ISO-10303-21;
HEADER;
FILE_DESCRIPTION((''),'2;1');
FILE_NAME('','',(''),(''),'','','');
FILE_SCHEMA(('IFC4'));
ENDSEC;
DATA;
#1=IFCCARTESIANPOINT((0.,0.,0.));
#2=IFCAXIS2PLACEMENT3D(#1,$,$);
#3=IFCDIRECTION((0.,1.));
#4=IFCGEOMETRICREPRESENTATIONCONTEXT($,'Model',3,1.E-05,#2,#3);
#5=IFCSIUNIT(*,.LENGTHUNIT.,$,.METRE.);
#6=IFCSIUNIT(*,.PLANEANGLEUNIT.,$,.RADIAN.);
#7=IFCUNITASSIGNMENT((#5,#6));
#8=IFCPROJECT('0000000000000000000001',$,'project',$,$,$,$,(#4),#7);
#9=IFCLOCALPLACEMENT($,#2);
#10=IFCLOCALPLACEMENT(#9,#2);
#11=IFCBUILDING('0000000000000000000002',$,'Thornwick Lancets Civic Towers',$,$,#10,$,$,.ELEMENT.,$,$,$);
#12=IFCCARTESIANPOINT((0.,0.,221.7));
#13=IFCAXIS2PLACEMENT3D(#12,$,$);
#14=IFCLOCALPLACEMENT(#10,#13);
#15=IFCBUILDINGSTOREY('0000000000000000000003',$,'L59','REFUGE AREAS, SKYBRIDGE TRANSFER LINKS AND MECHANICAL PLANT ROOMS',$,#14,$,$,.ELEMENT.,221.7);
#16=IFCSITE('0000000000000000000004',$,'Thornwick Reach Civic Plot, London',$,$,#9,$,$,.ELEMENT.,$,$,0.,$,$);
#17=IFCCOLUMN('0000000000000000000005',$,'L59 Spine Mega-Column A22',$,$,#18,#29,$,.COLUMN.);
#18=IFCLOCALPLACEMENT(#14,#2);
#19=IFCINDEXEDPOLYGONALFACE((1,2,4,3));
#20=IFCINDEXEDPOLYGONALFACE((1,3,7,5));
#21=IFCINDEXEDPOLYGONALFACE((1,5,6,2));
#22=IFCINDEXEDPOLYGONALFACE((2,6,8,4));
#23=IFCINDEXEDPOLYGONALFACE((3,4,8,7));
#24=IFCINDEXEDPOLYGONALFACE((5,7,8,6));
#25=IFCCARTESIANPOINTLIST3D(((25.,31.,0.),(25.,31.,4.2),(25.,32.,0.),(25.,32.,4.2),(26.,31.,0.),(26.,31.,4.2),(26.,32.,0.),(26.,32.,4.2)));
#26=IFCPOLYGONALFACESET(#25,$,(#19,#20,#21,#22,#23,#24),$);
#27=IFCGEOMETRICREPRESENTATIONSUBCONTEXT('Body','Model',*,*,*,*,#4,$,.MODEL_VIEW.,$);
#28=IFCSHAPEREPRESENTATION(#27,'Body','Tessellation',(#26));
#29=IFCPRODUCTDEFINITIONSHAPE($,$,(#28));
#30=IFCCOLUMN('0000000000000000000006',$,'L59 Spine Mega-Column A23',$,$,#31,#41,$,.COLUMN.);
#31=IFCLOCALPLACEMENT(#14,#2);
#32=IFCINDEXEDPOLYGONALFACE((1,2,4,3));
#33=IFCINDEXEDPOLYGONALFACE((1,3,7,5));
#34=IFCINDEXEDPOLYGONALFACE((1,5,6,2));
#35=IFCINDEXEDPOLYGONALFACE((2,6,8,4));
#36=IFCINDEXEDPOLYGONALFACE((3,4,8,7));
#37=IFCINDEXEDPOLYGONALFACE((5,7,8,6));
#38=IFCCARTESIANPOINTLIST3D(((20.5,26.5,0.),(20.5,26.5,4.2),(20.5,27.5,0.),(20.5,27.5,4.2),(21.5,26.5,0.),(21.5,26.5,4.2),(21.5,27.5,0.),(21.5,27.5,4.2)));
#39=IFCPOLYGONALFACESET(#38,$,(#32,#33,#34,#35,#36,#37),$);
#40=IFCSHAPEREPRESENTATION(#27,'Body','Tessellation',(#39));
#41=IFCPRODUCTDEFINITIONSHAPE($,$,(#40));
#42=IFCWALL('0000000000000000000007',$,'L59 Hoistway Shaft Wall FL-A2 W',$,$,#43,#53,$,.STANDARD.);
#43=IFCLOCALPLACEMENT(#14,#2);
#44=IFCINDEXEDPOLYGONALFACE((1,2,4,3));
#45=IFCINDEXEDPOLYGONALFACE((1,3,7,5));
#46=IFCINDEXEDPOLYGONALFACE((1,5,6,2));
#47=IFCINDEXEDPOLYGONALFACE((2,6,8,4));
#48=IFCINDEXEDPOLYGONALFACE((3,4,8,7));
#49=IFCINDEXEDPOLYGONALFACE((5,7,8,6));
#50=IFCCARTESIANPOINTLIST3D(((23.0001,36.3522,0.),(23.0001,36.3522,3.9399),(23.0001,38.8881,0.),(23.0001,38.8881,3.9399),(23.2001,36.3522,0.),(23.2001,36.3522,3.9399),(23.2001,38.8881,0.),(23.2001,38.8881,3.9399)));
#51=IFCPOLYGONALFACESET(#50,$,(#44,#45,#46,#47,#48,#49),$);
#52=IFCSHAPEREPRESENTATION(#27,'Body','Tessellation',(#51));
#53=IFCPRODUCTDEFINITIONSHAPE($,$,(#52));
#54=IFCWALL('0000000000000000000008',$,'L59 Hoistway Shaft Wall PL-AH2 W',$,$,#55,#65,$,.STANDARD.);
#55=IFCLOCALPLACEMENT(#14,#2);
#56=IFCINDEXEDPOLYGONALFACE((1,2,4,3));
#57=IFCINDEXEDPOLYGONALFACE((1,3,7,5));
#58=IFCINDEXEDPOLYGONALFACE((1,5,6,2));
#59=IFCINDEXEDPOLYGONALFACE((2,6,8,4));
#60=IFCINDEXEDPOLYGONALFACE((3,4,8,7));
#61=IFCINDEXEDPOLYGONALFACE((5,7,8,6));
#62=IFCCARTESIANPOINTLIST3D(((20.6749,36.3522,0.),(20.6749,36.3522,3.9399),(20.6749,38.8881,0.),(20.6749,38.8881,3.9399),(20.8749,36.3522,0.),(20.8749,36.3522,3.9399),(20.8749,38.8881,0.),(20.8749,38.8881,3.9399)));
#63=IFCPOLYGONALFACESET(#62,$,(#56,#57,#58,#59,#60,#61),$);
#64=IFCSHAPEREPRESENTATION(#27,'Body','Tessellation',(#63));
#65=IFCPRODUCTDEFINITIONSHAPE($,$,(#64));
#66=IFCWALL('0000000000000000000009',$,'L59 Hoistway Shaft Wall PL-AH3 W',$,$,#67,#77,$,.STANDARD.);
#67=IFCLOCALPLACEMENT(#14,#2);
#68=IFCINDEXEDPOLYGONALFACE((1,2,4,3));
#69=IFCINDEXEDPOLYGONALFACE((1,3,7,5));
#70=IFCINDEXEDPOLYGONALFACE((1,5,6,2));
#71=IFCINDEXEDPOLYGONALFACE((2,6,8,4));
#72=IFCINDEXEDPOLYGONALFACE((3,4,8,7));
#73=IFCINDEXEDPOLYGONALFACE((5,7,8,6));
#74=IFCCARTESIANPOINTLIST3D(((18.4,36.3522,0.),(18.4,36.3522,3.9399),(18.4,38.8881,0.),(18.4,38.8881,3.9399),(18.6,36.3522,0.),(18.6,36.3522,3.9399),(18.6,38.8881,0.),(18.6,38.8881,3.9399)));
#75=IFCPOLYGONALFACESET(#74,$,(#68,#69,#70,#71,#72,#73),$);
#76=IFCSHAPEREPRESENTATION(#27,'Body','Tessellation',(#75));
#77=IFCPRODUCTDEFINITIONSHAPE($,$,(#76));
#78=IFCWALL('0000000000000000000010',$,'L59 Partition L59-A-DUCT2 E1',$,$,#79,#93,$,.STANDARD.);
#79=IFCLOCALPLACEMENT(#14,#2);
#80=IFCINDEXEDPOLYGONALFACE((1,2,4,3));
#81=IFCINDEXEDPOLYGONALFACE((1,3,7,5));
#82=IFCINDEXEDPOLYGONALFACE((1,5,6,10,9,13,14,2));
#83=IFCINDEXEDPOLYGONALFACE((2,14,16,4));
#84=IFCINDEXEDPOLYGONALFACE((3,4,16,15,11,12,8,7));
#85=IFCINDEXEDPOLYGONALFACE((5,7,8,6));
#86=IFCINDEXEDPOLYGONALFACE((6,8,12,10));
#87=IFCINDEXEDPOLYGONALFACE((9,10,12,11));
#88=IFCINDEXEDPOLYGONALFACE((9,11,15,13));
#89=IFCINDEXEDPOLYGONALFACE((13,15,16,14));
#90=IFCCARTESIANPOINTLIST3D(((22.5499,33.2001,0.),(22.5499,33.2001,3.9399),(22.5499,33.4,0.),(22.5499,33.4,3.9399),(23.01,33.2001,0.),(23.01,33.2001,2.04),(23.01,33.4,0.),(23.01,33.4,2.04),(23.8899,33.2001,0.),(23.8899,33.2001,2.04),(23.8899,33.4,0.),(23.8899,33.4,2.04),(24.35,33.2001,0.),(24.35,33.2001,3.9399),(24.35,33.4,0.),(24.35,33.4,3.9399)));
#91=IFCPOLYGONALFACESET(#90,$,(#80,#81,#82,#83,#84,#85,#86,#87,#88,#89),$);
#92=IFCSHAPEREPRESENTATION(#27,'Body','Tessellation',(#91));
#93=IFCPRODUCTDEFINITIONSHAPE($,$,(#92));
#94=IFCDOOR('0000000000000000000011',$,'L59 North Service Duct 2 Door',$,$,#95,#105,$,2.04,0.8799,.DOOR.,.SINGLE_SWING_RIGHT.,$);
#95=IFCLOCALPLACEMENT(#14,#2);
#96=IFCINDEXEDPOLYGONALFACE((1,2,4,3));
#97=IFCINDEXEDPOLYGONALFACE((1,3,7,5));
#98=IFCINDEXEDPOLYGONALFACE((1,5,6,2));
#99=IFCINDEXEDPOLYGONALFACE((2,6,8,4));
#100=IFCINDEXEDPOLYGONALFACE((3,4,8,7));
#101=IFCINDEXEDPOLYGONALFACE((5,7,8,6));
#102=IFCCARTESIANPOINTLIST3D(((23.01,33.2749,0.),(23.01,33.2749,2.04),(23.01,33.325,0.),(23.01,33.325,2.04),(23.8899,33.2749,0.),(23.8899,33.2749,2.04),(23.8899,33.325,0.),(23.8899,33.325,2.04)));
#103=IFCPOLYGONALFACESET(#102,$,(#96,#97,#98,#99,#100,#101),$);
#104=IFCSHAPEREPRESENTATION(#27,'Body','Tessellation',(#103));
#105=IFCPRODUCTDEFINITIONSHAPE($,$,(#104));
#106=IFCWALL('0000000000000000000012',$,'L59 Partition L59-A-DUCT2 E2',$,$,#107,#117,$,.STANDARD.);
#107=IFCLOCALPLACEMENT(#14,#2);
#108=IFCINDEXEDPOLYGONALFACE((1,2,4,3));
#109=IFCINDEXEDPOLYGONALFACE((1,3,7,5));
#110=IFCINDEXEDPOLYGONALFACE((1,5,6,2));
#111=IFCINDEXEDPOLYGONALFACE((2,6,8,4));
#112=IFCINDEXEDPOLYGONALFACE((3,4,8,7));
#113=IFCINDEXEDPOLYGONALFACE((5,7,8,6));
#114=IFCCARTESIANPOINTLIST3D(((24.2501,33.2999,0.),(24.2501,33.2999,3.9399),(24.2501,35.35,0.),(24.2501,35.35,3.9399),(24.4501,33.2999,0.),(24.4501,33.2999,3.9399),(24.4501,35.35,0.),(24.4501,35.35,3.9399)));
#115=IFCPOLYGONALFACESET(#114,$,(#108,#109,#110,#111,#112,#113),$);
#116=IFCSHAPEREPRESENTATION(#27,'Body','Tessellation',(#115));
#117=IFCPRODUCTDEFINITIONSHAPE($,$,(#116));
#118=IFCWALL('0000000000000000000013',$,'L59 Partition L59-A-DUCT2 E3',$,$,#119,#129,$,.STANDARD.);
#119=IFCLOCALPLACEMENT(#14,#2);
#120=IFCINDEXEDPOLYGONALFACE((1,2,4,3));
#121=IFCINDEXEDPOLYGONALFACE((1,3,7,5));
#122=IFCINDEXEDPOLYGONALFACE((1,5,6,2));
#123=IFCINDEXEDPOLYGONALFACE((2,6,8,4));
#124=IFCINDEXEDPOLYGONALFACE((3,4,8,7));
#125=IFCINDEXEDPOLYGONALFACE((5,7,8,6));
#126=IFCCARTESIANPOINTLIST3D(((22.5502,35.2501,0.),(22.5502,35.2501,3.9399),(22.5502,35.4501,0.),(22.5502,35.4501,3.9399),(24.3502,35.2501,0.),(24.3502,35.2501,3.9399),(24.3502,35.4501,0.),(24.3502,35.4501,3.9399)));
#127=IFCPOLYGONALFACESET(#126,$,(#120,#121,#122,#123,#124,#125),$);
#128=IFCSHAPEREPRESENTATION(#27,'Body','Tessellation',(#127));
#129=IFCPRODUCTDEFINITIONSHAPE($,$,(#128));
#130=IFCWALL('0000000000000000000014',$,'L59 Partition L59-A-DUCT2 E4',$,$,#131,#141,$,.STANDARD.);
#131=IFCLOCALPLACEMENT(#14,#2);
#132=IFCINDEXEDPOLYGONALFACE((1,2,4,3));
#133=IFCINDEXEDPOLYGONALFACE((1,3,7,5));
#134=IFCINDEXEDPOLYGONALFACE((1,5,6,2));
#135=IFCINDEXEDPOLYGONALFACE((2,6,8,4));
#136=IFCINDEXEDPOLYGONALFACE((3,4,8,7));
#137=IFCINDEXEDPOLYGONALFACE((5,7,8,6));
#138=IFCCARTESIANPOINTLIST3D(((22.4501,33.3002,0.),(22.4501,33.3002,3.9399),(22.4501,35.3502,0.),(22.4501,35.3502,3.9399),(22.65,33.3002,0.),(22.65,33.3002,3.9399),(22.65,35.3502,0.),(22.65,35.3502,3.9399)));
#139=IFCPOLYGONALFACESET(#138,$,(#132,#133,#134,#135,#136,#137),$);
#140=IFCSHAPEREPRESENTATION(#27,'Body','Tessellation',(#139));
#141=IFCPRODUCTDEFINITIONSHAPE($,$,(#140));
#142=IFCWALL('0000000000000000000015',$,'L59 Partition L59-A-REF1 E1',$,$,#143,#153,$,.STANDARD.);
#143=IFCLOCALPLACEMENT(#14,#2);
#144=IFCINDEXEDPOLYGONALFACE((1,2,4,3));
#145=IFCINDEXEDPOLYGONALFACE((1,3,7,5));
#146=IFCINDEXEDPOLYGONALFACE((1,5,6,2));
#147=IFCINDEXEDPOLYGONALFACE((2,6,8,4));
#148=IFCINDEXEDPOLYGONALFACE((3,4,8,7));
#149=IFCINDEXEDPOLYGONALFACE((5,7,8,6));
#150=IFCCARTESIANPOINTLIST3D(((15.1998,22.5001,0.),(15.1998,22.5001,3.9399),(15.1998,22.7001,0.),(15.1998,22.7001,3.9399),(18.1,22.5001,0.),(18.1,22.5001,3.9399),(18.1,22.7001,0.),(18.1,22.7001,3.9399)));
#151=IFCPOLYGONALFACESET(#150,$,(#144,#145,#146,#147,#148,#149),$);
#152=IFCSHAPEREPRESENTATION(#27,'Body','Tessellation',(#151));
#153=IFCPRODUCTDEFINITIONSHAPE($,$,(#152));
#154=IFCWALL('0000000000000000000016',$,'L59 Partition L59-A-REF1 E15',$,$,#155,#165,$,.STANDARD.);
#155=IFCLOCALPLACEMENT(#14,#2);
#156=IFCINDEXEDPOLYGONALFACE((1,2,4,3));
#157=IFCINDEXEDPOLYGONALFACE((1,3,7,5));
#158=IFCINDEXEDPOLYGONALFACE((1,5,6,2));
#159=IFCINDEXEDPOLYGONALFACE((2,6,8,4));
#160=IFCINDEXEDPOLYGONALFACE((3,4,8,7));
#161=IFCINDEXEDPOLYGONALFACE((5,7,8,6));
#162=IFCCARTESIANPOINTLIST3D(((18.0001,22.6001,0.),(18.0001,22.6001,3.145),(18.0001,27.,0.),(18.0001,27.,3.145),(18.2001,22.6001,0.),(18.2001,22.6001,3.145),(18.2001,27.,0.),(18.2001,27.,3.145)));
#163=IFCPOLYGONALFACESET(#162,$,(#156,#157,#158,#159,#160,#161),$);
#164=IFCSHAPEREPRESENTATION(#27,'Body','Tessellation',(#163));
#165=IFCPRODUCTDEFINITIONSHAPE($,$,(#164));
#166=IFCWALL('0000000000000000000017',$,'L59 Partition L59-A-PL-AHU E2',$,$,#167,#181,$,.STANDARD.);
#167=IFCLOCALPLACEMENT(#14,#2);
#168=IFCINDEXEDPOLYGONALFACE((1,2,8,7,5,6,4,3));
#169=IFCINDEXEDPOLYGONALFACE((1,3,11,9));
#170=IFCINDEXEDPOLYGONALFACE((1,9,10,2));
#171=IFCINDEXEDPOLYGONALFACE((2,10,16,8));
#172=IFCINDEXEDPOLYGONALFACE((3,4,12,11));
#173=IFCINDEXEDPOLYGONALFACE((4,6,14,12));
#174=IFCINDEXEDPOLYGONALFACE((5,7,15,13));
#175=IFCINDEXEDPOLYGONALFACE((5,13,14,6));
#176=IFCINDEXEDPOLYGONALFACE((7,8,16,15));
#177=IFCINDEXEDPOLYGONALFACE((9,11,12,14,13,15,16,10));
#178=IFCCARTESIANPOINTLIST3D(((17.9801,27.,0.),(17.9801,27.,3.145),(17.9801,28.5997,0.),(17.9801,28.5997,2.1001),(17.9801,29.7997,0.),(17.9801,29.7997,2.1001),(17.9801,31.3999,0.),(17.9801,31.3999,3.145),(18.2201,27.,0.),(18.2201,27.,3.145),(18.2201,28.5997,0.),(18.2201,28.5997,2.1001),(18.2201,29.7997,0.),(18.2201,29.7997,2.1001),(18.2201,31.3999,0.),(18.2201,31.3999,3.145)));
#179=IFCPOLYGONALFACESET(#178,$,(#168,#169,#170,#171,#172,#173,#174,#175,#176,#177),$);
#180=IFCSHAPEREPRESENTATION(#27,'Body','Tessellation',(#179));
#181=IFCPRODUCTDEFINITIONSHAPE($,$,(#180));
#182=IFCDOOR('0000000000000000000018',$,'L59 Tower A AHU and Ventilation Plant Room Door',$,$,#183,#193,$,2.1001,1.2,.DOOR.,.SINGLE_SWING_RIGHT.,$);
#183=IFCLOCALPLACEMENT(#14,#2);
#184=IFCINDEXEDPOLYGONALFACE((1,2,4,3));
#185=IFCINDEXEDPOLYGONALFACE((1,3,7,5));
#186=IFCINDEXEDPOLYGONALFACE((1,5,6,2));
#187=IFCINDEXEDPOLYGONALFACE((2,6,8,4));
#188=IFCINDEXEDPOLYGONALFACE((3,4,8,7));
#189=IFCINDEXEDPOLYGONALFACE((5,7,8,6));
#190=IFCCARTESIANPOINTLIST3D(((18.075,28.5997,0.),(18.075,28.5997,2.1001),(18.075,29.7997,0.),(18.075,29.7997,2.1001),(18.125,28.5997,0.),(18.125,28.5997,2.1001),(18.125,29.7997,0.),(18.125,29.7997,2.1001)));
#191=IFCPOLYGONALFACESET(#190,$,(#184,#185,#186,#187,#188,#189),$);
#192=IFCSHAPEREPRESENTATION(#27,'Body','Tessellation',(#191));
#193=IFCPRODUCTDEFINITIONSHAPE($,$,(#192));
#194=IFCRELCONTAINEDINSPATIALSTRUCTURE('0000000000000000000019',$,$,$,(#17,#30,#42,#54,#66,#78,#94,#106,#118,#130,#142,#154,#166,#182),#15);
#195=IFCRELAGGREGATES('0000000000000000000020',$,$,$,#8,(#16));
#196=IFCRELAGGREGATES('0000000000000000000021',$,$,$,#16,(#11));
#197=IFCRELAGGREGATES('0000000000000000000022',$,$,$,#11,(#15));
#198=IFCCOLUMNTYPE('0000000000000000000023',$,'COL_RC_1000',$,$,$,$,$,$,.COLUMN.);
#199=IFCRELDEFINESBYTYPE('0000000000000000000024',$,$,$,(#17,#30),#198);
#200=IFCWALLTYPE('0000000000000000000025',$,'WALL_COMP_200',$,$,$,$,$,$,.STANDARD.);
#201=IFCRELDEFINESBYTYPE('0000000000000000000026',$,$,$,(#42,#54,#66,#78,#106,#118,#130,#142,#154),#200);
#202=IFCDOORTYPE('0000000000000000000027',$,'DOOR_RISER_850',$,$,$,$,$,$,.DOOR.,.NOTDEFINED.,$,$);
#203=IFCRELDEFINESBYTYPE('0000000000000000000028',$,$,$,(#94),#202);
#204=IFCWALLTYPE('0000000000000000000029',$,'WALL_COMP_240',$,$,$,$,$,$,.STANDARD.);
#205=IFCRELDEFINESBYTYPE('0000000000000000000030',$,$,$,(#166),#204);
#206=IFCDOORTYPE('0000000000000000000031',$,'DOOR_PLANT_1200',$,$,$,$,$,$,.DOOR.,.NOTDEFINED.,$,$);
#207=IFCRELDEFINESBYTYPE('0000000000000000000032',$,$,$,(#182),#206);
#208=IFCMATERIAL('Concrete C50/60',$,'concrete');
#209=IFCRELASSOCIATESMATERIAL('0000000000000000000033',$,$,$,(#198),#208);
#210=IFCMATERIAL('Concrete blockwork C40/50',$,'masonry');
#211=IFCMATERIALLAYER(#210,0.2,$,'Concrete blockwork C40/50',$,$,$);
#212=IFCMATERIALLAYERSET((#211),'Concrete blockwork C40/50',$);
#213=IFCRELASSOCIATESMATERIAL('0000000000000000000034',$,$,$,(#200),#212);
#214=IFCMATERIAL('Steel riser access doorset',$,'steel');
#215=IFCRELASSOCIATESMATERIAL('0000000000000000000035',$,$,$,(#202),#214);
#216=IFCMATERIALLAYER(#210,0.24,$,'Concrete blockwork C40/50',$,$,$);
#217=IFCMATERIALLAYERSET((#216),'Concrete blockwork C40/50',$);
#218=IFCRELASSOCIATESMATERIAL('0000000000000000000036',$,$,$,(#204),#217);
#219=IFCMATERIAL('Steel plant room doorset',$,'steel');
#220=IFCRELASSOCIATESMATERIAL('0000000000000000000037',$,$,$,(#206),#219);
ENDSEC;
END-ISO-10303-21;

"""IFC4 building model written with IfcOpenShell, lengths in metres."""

from ifc_helpers import new_model, si_unit, direction, frame, frame_2d, origin, origin_2d, place, context, subcontext, project, spatial, rectangle, extrude, material, layer, layer_set, material_profile, profile_set, type_object, element, fill, save


model = new_model("IFC4")

# Units and contexts
model_context = context("Model", 3, precision=1e-05, world=origin(), true_north=direction((0.0, 1.0)))
body_context = subcontext(model_context, "Body", "Model", "MODEL_VIEW")
ifc_project = project(units=[si_unit("LENGTHUNIT", "METRE"), si_unit("PLANEANGLEUNIT", "RADIAN")], contexts=[model_context])

# Site, building, storey
site_placement = place(None, origin())
site = spatial("IfcSite", under=ifc_project, at=site_placement, Name="Thornwick Reach Civic Plot, London", CompositionType="ELEMENT", RefElevation=0.0)
building_placement = place(site_placement, origin())
building = spatial("IfcBuilding", under=site, at=building_placement, Name="Thornwick Lancets Civic Towers", CompositionType="ELEMENT")
storey_placement = place(building_placement, frame((0.0, 0.0, 221.7)))
storey = spatial("IfcBuildingStorey", under=building, at=storey_placement, Name="L59", Description="REFUGE AREAS, SKYBRIDGE TRANSFER LINKS AND MECHANICAL PLANT ROOMS", CompositionType="ELEMENT", Elevation=221.7)

# Columns
ifc_material_1 = material(Name="Concrete C50/60", Category="concrete")
ifc_material_profile = material_profile(ifc_material_1, rectangle(XDim=1.0, YDim=1.0, at=origin_2d()), Name="RC 1000x1000")
ifc_profile_set = profile_set([ifc_material_profile], Name="Concrete C50/60")
column_type = type_object("IfcColumnType", Name="COL_RC_1000", PredefinedType="COLUMN", material=ifc_profile_set)
for number, where, z_axis, x_axis, name in (
    (1, (25.5, 31.5, 0.0), (0.0, 0.0, 1.0), (1.0, 0.0, 0.0), "L59 Spine Mega-Column A22"),
    (2, (21.0, 27.0, 0.0), (0.0, 0.0, 1.0), (1.0, 0.0, 0.0), "L59 Spine Mega-Column A23"),
):
    element("IfcColumn", number, at=place(storey_placement, frame(where, z_axis=z_axis, x_axis=x_axis)), inside=storey, type_object=column_type, Name=name, PredefinedType="COLUMN", context=body_context, shape_type="SweptSolid", body=[
        extrude(rectangle(XDim=1.0, YDim=1.0, at=origin_2d()), origin(), (0.0, 0.0, 1.0), 4.2),
    ])

# Walls
ifc_material_2 = material(Name="Concrete blockwork C40/50", Category="masonry")
ifc_layer_1 = layer(ifc_material_2, 0.2, Name="Concrete blockwork C40/50")
ifc_layer_set_1 = layer_set([ifc_layer_1], Name="Concrete blockwork C40/50")
wall_type_1 = type_object("IfcWallType", Name="WALL_COMP_200", PredefinedType="STANDARD", material=ifc_layer_set_1)
for number, where, z_axis, x_axis, name in (
    (3, (23.1001, 36.3521, 0.0), (0.0, 0.0, 1.0), (0.0, 1.0, 0.0), "L59 Hoistway Shaft Wall FL-A2 W"),
    (4, (20.7749, 36.3521, 0.0), (0.0, 0.0, 1.0), (0.0, 1.0, 0.0), "L59 Hoistway Shaft Wall PL-AH2 W"),
    (5, (18.5, 36.3521, 0.0), (0.0, 0.0, 1.0), (0.0, 1.0, 0.0), "L59 Hoistway Shaft Wall PL-AH3 W"),
):
    element("IfcWall", number, at=place(storey_placement, frame(where, z_axis=z_axis, x_axis=x_axis)), inside=storey, type_object=wall_type_1, Name=name, PredefinedType="STANDARD", context=body_context, shape_type="SweptSolid", body=[
        extrude(rectangle(XDim=2.5359, YDim=0.2, at=frame_2d((1.2681, 0.0))), origin(), (0.0, 0.0, 1.0), 3.9399),
    ])

# Wall, opening, door
wall_1_placement = place(storey_placement, frame((22.55, 33.3, 0.0), z_axis=(0.0, 0.0, 1.0), x_axis=(1.0, 0.0, 0.0)))
wall_1 = element("IfcWall", 6, at=wall_1_placement, inside=storey, type_object=wall_type_1, Name="L59 Partition L59-A-DUCT2 E1", PredefinedType="STANDARD", context=body_context, shape_type="SweptSolid", body=[
    extrude(rectangle(XDim=1.8, YDim=0.2, at=frame_2d((0.8999, 0.0))), origin(), (0.0, 0.0, 1.0), 3.9399),
])
opening_1_placement = place(wall_1_placement, frame((0.46, 0.0, 0.0)))
opening_1 = element("IfcOpeningElement", 7, at=opening_1_placement, cuts=wall_1, PredefinedType="OPENING", context=body_context, shape_type="SweptSolid", body=[
    extrude(rectangle(XDim=0.8799, YDim=2.04, at=frame_2d((0.4399, 1.02))), frame((0.0, 0.1099, 0.0), z_axis=(0.0, -1.0, 0.0), x_axis=(1.0, 0.0, 0.0)), (0.0, 0.0, 1.0), 0.22),
])
ifc_material_3 = material(Name="Steel riser access doorset", Category="steel")
door_type_1 = type_object("IfcDoorType", Name="DOOR_RISER_850", OperationType="NOTDEFINED", PredefinedType="DOOR", material=ifc_material_3)
door_1_placement = place(opening_1_placement, origin())
door_1 = element("IfcDoor", 8, at=door_1_placement, inside=storey, type_object=door_type_1, Name="L59 North Service Duct 2 Door", OperationType="SINGLE_SWING_RIGHT", OverallHeight=2.04, OverallWidth=0.8799, PredefinedType="DOOR", context=body_context, shape_type="SweptSolid", body=[
    extrude(rectangle(XDim=0.8799, YDim=2.04, at=frame_2d((0.4399, 1.02))), frame((0.0, 0.0249, 0.0), z_axis=(0.0, -1.0, 0.0), x_axis=(1.0, 0.0, 0.0)), (0.0, 0.0, 1.0), 0.05),
])
fill(opening_1, door_1)

# Walls
wall_2_placement = place(storey_placement, frame((24.3501, 33.3, 0.0), z_axis=(0.0, 0.0, 1.0), x_axis=(0.0, 1.0, 0.0)))
element("IfcWall", 9, at=wall_2_placement, inside=storey, type_object=wall_type_1, Name="L59 Partition L59-A-DUCT2 E2", PredefinedType="STANDARD", context=body_context, shape_type="SweptSolid", body=[
    extrude(rectangle(XDim=2.05, YDim=0.2, at=frame_2d((1.0249, 0.0))), origin(), (0.0, 0.0, 1.0), 3.9399),
])
wall_3_placement = place(storey_placement, frame((24.3501, 35.3501, 0.0), z_axis=(0.0, 0.0, 1.0), x_axis=(-1.0, 0.0, 0.0)))
element("IfcWall", 10, at=wall_3_placement, inside=storey, type_object=wall_type_1, Name="L59 Partition L59-A-DUCT2 E3", PredefinedType="STANDARD", context=body_context, shape_type="SweptSolid", body=[
    extrude(rectangle(XDim=1.8, YDim=0.2, at=frame_2d((0.8999, 0.0))), origin(), (0.0, 0.0, 1.0), 3.9399),
])
wall_4_placement = place(storey_placement, frame((22.55, 35.3501, 0.0), z_axis=(0.0, 0.0, 1.0), x_axis=(0.0, -1.0, 0.0)))
element("IfcWall", 11, at=wall_4_placement, inside=storey, type_object=wall_type_1, Name="L59 Partition L59-A-DUCT2 E4", PredefinedType="STANDARD", context=body_context, shape_type="SweptSolid", body=[
    extrude(rectangle(XDim=2.05, YDim=0.2, at=frame_2d((1.0249, 0.0))), origin(), (0.0, 0.0, 1.0), 3.9399),
])
wall_5_placement = place(storey_placement, frame((18.1001, 22.6001, 0.0), z_axis=(0.0, 0.0, 1.0), x_axis=(-1.0, 0.0, 0.0)))
element("IfcWall", 12, at=wall_5_placement, inside=storey, type_object=wall_type_1, Name="L59 Partition L59-A-REF1 E1", PredefinedType="STANDARD", context=body_context, shape_type="SweptSolid", body=[
    extrude(rectangle(XDim=2.9001, YDim=0.2, at=frame_2d((1.4502, 0.0))), origin(), (0.0, 0.0, 1.0), 3.9399),
])
wall_6_placement = place(storey_placement, frame((18.1001, 27.0, 0.0), z_axis=(0.0, 0.0, 1.0), x_axis=(0.0, -1.0, 0.0)))
element("IfcWall", 13, at=wall_6_placement, inside=storey, type_object=wall_type_1, Name="L59 Partition L59-A-REF1 E15", PredefinedType="STANDARD", context=body_context, shape_type="SweptSolid", body=[
    extrude(rectangle(XDim=4.3999, YDim=0.2, at=frame_2d((2.2, 0.0))), origin(), (0.0, 0.0, 1.0), 3.145),
])

# Wall, opening, door
ifc_layer_2 = layer(ifc_material_2, 0.24, Name="Concrete blockwork C40/50")
ifc_layer_set_2 = layer_set([ifc_layer_2], Name="Concrete blockwork C40/50")
wall_type_2 = type_object("IfcWallType", Name="WALL_COMP_240", PredefinedType="STANDARD", material=ifc_layer_set_2)
wall_7_placement = place(storey_placement, frame((18.1001, 31.3999, 0.0), z_axis=(0.0, 0.0, 1.0), x_axis=(0.0, -1.0, 0.0)))
wall_7 = element("IfcWall", 14, at=wall_7_placement, inside=storey, type_object=wall_type_2, Name="L59 Partition L59-A-PL-AHU E2", PredefinedType="STANDARD", context=body_context, shape_type="SweptSolid", body=[
    extrude(rectangle(XDim=4.3999, YDim=0.24, at=frame_2d((2.2, 0.0))), origin(), (0.0, 0.0, 1.0), 3.145),
])
opening_2_placement = place(wall_7_placement, frame((1.6001, 0.0, 0.0)))
opening_2 = element("IfcOpeningElement", 15, at=opening_2_placement, cuts=wall_7, PredefinedType="OPENING", context=body_context, shape_type="SweptSolid", body=[
    extrude(rectangle(XDim=1.2, YDim=2.1001, at=frame_2d((0.6001, 1.05))), frame((0.0, 0.1299, 0.0), z_axis=(0.0, -1.0, 0.0), x_axis=(1.0, 0.0, 0.0)), (0.0, 0.0, 1.0), 0.26),
])
ifc_material_4 = material(Name="Steel plant room doorset", Category="steel")
door_type_2 = type_object("IfcDoorType", Name="DOOR_PLANT_1200", OperationType="NOTDEFINED", PredefinedType="DOOR", material=ifc_material_4)
door_2_placement = place(opening_2_placement, origin())
door_2 = element("IfcDoor", 16, at=door_2_placement, inside=storey, type_object=door_type_2, Name="L59 Tower A AHU and Ventilation Plant Room Door", OperationType="SINGLE_SWING_RIGHT", OverallHeight=2.1001, OverallWidth=1.2, PredefinedType="DOOR", context=body_context, shape_type="SweptSolid", body=[
    extrude(rectangle(XDim=1.2, YDim=2.1001, at=frame_2d((0.6001, 1.05))), frame((0.0, 0.0249, 0.0), z_axis=(0.0, -1.0, 0.0), x_axis=(1.0, 0.0, 0.0)), (0.0, 0.0, 1.0), 0.05),
])
fill(opening_2, door_2)

save(model, "model.ifc")
